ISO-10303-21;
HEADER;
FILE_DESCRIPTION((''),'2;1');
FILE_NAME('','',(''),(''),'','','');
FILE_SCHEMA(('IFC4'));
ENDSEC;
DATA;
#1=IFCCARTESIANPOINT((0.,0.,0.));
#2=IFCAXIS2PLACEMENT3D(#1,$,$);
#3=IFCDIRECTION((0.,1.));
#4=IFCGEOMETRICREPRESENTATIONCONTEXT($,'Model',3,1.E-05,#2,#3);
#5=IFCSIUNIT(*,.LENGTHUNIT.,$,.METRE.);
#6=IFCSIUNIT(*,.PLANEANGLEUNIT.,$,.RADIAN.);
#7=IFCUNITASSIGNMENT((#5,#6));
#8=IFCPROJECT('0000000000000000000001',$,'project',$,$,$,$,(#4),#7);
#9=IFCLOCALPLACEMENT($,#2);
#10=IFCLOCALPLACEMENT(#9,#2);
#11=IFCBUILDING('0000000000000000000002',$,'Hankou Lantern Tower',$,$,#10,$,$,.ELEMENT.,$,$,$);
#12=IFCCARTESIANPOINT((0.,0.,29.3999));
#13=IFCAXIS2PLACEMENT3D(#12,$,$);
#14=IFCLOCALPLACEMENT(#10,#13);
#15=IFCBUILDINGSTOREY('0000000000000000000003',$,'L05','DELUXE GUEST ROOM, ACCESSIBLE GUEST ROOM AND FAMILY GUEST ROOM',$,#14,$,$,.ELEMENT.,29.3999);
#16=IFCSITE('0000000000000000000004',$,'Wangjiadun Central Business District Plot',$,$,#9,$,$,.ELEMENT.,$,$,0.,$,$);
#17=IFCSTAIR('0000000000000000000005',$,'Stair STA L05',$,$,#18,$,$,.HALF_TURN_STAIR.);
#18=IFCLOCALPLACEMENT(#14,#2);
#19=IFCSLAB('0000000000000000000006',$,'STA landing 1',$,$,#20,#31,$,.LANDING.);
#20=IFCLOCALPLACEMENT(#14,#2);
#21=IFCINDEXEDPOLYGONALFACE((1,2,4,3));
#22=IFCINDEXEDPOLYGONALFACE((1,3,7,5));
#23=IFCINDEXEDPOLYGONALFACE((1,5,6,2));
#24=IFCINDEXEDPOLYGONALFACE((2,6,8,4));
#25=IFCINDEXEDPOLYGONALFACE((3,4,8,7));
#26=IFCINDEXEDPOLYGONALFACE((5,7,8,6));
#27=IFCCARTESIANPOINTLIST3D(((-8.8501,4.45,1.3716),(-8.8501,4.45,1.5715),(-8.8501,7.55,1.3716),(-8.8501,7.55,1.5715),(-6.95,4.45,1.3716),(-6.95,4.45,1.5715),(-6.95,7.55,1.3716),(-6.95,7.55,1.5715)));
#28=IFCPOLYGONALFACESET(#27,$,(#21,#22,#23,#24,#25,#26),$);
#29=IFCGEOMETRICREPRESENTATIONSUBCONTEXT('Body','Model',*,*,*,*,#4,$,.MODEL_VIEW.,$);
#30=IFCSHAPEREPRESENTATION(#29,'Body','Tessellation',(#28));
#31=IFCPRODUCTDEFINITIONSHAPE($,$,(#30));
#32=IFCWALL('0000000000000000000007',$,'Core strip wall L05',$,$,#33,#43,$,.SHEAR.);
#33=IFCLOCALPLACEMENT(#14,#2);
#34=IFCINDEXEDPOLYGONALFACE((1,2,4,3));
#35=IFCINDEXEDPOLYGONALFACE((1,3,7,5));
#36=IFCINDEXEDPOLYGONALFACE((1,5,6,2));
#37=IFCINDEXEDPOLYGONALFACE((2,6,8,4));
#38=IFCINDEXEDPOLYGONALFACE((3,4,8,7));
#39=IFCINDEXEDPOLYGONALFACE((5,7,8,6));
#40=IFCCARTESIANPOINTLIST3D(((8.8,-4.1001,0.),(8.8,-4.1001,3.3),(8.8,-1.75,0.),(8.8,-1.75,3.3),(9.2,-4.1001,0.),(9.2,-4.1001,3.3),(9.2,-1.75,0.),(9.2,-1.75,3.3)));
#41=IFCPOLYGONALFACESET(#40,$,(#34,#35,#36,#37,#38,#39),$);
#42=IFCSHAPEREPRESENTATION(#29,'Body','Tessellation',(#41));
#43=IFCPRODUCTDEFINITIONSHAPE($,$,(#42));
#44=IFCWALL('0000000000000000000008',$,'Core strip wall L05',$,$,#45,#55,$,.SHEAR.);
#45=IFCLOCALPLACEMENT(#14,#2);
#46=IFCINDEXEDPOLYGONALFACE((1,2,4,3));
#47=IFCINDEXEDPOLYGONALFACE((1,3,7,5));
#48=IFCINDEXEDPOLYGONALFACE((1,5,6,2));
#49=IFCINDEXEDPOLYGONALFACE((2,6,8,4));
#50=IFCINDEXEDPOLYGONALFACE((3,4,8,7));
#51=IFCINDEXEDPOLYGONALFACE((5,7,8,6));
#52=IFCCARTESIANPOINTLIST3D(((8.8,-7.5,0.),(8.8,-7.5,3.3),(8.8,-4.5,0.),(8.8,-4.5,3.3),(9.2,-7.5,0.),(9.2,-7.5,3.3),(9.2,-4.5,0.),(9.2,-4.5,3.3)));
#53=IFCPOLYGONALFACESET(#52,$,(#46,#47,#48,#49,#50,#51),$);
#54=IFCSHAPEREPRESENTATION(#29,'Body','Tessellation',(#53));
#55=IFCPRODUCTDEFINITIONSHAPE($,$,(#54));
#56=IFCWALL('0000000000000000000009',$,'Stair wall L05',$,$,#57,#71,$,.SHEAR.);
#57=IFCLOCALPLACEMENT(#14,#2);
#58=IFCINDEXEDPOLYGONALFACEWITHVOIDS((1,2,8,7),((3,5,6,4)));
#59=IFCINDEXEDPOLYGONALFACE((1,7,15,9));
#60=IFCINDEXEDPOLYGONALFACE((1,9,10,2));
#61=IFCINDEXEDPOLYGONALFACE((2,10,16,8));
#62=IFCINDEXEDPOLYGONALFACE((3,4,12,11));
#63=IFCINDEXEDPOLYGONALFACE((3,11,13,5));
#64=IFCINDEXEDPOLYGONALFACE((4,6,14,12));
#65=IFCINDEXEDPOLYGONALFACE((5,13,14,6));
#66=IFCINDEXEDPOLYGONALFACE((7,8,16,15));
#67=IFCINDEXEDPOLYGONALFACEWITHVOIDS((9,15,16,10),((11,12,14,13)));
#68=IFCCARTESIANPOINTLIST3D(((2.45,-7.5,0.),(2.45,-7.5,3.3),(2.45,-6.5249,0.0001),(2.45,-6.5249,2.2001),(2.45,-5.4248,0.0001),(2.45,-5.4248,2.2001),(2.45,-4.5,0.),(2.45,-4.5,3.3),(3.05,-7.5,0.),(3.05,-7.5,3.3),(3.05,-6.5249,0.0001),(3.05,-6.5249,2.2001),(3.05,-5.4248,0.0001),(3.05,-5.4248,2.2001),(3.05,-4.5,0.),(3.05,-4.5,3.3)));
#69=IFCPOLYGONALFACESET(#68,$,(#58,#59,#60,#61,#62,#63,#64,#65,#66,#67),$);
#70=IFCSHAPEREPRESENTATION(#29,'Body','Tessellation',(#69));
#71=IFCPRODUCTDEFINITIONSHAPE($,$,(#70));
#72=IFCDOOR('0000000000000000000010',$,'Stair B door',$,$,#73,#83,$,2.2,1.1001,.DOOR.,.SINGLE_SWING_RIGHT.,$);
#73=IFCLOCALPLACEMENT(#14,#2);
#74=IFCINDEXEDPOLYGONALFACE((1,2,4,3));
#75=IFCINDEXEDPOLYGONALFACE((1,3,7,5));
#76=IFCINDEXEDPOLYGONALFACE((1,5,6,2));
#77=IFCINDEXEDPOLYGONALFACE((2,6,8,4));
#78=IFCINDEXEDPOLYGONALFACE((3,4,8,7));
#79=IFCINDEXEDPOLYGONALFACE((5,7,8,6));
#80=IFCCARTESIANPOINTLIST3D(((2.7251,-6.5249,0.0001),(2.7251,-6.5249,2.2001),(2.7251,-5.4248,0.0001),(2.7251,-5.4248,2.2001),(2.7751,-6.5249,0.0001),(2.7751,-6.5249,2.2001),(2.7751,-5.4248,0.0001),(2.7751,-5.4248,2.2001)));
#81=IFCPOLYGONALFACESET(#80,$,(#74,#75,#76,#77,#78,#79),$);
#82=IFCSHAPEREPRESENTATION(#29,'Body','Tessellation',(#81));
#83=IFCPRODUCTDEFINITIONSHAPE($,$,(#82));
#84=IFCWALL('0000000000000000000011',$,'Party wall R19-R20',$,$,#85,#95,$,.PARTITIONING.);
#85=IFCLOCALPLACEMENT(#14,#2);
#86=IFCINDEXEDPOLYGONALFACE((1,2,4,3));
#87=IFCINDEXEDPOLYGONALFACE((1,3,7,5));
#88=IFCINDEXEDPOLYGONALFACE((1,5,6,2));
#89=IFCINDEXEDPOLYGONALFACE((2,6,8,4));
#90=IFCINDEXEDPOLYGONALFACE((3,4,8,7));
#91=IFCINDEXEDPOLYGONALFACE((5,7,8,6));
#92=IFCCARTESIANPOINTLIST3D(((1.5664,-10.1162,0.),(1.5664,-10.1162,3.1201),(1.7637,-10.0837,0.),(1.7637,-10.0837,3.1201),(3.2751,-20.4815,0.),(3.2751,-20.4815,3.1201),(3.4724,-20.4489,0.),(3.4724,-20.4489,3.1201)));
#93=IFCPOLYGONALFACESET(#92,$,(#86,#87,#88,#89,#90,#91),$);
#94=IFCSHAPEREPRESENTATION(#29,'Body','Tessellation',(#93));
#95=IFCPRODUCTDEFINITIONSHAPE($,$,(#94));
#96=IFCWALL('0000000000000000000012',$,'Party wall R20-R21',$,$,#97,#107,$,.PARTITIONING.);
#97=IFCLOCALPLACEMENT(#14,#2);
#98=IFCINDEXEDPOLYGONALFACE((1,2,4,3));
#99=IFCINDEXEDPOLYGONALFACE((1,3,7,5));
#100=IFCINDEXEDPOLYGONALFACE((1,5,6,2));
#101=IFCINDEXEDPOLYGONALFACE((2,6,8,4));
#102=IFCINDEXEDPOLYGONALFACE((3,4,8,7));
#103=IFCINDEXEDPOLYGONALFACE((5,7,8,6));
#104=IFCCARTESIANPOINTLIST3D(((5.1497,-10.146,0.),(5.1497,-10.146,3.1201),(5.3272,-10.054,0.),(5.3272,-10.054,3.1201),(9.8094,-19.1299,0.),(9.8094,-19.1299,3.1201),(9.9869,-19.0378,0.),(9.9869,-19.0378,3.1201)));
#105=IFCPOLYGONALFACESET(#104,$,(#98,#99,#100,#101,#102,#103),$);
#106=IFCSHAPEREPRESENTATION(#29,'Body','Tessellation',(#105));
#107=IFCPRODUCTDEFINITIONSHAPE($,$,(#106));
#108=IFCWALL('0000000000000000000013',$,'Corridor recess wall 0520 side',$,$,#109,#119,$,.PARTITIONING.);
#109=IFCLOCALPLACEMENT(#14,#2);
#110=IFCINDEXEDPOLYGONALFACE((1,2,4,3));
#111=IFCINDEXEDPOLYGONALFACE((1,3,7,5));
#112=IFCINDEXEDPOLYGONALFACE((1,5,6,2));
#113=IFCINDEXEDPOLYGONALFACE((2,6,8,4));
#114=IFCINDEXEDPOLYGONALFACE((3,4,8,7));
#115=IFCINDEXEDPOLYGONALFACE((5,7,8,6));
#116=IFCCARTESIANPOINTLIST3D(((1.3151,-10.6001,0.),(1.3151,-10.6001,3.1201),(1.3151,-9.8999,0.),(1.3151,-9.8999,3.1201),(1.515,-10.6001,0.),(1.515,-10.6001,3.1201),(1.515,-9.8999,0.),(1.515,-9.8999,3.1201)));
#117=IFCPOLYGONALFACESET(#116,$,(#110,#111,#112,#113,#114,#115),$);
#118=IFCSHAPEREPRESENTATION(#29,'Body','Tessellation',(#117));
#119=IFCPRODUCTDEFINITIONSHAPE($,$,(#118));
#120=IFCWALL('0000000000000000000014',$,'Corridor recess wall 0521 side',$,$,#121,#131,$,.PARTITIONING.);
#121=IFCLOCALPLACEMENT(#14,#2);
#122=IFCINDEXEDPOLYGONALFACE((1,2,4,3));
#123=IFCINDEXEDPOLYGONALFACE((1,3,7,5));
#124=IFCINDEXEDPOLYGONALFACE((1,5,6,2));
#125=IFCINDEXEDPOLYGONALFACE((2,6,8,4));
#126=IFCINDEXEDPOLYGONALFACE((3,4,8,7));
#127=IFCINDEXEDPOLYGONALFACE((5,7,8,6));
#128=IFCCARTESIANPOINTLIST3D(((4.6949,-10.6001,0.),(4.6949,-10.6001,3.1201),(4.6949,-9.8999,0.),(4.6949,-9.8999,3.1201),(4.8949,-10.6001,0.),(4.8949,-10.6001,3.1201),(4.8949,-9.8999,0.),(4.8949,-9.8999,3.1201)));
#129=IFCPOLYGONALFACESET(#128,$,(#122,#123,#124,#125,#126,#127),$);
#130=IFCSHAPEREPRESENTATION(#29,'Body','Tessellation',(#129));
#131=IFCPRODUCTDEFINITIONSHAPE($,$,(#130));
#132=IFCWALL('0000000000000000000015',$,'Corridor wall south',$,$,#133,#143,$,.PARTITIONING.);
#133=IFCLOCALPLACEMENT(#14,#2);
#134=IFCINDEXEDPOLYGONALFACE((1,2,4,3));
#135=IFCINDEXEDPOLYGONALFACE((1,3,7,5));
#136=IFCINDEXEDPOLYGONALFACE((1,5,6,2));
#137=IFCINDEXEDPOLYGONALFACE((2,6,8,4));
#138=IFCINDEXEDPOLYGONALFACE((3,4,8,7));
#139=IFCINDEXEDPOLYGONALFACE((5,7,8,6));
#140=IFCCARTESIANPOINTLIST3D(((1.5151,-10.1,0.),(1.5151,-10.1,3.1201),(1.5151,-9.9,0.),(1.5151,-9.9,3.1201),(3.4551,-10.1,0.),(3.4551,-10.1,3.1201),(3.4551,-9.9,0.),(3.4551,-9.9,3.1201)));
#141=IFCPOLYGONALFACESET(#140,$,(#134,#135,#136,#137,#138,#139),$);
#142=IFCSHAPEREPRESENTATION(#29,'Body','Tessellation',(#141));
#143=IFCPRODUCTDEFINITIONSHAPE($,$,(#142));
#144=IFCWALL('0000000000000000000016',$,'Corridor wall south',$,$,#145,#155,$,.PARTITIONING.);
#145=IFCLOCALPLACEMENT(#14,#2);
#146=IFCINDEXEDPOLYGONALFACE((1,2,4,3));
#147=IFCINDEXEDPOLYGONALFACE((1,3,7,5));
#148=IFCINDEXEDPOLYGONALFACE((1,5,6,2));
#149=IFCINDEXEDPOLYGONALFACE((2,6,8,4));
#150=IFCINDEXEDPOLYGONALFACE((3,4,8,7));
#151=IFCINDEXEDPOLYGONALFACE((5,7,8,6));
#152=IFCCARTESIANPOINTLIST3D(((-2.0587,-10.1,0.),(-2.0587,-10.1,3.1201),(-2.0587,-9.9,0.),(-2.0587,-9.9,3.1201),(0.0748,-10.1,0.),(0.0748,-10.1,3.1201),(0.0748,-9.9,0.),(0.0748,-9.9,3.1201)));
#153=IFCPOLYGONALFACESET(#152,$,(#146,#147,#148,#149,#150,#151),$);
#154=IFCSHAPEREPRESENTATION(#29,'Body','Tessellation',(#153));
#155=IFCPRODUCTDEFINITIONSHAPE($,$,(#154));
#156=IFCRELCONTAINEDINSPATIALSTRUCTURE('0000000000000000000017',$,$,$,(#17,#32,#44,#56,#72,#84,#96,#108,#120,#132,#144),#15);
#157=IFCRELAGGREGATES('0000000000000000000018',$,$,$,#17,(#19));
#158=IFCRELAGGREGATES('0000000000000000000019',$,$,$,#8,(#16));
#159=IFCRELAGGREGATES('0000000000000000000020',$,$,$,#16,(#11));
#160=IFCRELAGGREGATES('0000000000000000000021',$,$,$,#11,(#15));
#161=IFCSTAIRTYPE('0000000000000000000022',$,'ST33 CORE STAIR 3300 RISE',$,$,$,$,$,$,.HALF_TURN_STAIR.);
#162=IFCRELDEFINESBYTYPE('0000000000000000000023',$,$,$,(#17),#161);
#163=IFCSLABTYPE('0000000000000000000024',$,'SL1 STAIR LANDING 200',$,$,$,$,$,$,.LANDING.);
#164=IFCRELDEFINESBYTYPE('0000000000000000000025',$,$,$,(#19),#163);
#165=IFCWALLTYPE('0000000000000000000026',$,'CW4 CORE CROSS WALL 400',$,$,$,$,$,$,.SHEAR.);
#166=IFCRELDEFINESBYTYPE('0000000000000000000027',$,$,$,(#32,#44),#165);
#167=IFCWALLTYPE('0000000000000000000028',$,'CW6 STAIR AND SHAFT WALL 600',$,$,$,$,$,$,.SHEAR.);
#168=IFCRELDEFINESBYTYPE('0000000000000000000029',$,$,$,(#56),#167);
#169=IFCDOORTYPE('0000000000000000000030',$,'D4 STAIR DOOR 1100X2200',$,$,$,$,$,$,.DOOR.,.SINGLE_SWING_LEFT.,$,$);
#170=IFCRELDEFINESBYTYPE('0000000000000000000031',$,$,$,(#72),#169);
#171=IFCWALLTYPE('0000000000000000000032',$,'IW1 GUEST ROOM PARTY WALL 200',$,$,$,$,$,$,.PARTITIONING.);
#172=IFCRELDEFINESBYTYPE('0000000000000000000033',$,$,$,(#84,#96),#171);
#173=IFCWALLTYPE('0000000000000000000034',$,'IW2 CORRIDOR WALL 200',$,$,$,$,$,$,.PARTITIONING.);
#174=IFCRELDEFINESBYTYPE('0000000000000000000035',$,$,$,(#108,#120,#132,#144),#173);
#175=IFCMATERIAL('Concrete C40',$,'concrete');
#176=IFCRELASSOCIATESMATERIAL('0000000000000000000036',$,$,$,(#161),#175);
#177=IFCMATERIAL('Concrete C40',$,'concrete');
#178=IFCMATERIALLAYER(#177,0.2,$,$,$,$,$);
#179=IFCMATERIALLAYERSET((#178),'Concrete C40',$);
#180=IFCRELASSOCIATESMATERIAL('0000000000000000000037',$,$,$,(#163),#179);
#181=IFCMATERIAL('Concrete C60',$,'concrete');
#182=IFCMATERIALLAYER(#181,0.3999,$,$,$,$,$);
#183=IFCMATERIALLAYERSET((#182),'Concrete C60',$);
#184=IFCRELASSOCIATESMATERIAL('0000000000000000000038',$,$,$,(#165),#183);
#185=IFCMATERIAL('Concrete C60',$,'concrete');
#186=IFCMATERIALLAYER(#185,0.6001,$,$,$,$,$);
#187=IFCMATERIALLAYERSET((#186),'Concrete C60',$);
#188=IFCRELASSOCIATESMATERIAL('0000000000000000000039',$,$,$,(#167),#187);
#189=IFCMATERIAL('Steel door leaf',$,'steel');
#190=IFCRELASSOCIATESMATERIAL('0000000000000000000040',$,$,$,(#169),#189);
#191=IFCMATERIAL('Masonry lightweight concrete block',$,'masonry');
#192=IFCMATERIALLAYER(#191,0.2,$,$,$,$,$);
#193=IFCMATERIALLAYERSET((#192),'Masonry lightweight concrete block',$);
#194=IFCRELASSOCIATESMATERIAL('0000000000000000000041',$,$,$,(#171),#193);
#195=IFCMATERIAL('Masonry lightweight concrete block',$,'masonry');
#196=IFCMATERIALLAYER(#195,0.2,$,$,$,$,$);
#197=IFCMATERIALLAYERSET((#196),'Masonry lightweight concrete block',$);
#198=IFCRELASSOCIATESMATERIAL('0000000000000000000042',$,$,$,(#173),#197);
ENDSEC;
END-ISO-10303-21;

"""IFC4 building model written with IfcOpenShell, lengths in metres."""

from ifc_helpers import new_model, si_unit, direction, frame, frame_2d, origin, place, context, subcontext, project, spatial, polyline, rectangle, outline, extrude, material, layer, layer_set, type_object, element, fill, aggregate, save


model = new_model("IFC4")

# Units and contexts
model_context = context("Model", 3, precision=1e-05, world=origin(), true_north=direction((0.0, 1.0)))
body_context = subcontext(model_context, "Body", "Model", "MODEL_VIEW")
ifc_project = project(units=[si_unit("LENGTHUNIT", "METRE"), si_unit("PLANEANGLEUNIT", "RADIAN")], contexts=[model_context])

# Site, building, storey
site_placement = place(None, origin())
site = spatial("IfcSite", under=ifc_project, at=site_placement, Name="Wangjiadun Central Business District Plot", CompositionType="ELEMENT", RefElevation=0.0)
building_placement = place(site_placement, origin())
building = spatial("IfcBuilding", under=site, at=building_placement, Name="Hankou Lantern Tower", CompositionType="ELEMENT")
storey_placement = place(building_placement, frame((0.0, 0.0, 29.3999)))
storey = spatial("IfcBuildingStorey", under=building, at=storey_placement, Name="L05", Description="DELUXE GUEST ROOM, ACCESSIBLE GUEST ROOM AND FAMILY GUEST ROOM", CompositionType="ELEMENT", Elevation=29.3999)

# Stair, slab
ifc_material_1 = material(Name="Concrete C40", Category="concrete")
stair_type = type_object("IfcStairType", Name="ST33 CORE STAIR 3300 RISE", PredefinedType="HALF_TURN_STAIR", material=ifc_material_1)
stair_1_placement = place(storey_placement, origin())
stair_1 = element("IfcStair", 1, at=stair_1_placement, inside=storey, type_object=stair_type, Name="Stair STA L05", PredefinedType="HALF_TURN_STAIR")
ifc_material_2 = material(Name="Concrete C40", Category="concrete")
ifc_layer_1 = layer(ifc_material_2, 0.2)
ifc_layer_set_1 = layer_set([ifc_layer_1], Name="Concrete C40")
slab_type_1 = type_object("IfcSlabType", Name="SL1 STAIR LANDING 200", PredefinedType="LANDING", material=ifc_layer_set_1)
slab_1_placement = place(storey_placement, frame((0.0, 0.0, 1.3716)))
slab_1 = element("IfcSlab", 2, at=slab_1_placement, type_object=slab_type_1, Name="STA landing 1", PredefinedType="LANDING", context=body_context, shape_type="SweptSolid", body=[
    extrude(outline(polyline([(-8.8501, 4.45), (-6.95, 4.45), (-6.95, 7.55), (-8.8501, 7.55), (-8.8501, 4.45)])), origin(), (0.0, 0.0, 1.0), 0.2),
])
aggregate(stair_1, [slab_1])

# Walls
ifc_material_3 = material(Name="Concrete C60", Category="concrete")
ifc_layer_2 = layer(ifc_material_3, 0.3999)
ifc_layer_set_2 = layer_set([ifc_layer_2], Name="Concrete C60")
wall_type_1 = type_object("IfcWallType", Name="CW4 CORE CROSS WALL 400", PredefinedType="SHEAR", material=ifc_layer_set_2)
wall_1_placement = place(storey_placement, frame((9.0, -4.1001, 0.0), z_axis=(0.0, 0.0, 1.0), x_axis=(0.0, 1.0, 0.0)))
element("IfcWall", 3, at=wall_1_placement, inside=storey, type_object=wall_type_1, Name="Core strip wall L05", PredefinedType="SHEAR", context=body_context, shape_type="SweptSolid", body=[
    extrude(rectangle(XDim=2.3501, YDim=0.3999, at=frame_2d((1.175, 0.0))), origin(), (0.0, 0.0, 1.0), 3.3),
])
wall_2_placement = place(storey_placement, frame((9.0, -7.5, 0.0), z_axis=(0.0, 0.0, 1.0), x_axis=(0.0, 1.0, 0.0)))
element("IfcWall", 4, at=wall_2_placement, inside=storey, type_object=wall_type_1, Name="Core strip wall L05", PredefinedType="SHEAR", context=body_context, shape_type="SweptSolid", body=[
    extrude(rectangle(XDim=3.0, YDim=0.3999, at=frame_2d((1.5, 0.0))), origin(), (0.0, 0.0, 1.0), 3.3),
])

# Wall, opening, door
ifc_material_4 = material(Name="Concrete C60", Category="concrete")
ifc_layer_3 = layer(ifc_material_4, 0.6001)
ifc_layer_set_3 = layer_set([ifc_layer_3], Name="Concrete C60")
wall_type_2 = type_object("IfcWallType", Name="CW6 STAIR AND SHAFT WALL 600", PredefinedType="SHEAR", material=ifc_layer_set_3)
wall_3_placement = place(storey_placement, frame((2.75, -7.5, 0.0), z_axis=(0.0, 0.0, 1.0), x_axis=(0.0, 1.0, 0.0)))
wall_3 = element("IfcWall", 5, at=wall_3_placement, inside=storey, type_object=wall_type_2, Name="Stair wall L05", PredefinedType="SHEAR", context=body_context, shape_type="SweptSolid", body=[
    extrude(rectangle(XDim=3.0, YDim=0.6001, at=frame_2d((1.5, 0.0))), origin(), (0.0, 0.0, 1.0), 3.3),
])
opening_1_placement = place(wall_3_placement, frame((0.9751, 0.0, 0.0)))
opening_1 = element("IfcOpeningElement", 6, at=opening_1_placement, cuts=wall_3, PredefinedType="OPENING", context=body_context, shape_type="SweptSolid", body=[
    extrude(rectangle(XDim=1.1001, YDim=2.2, at=frame_2d((0.55, 1.1001))), frame((0.0, 0.3101, 0.0), z_axis=(0.0, -1.0, 0.0), x_axis=(1.0, 0.0, 0.0)), (0.0, 0.0, 1.0), 0.6201),
])
ifc_material_5 = material(Name="Steel door leaf", Category="steel")
door_type_1 = type_object("IfcDoorType", Name="D4 STAIR DOOR 1100X2200", OperationType="SINGLE_SWING_LEFT", PredefinedType="DOOR", material=ifc_material_5)
door_1_placement = place(opening_1_placement, origin())
door_1 = element("IfcDoor", 7, at=door_1_placement, inside=storey, type_object=door_type_1, Name="Stair B door", OperationType="SINGLE_SWING_RIGHT", OverallHeight=2.2, OverallWidth=1.1001, PredefinedType="DOOR", context=body_context, shape_type="SweptSolid", body=[
    extrude(rectangle(XDim=1.1001, YDim=2.2, at=frame_2d((0.55, 1.1001))), frame((0.0, 0.0249, 0.0), z_axis=(0.0, -1.0, 0.0), x_axis=(1.0, 0.0, 0.0)), (0.0, 0.0, 1.0), 0.05),
])
fill(opening_1, door_1)

# Walls
ifc_material_6 = material(Name="Masonry lightweight concrete block", Category="masonry")
ifc_layer_4 = layer(ifc_material_6, 0.2)
ifc_layer_set_4 = layer_set([ifc_layer_4], Name="Masonry lightweight concrete block")
wall_type_3 = type_object("IfcWallType", Name="IW1 GUEST ROOM PARTY WALL 200", PredefinedType="PARTITIONING", material=ifc_layer_set_4)
wall_4_placement = place(storey_placement, frame((1.665, -10.1001, 0.0), z_axis=(0.0, 0.0, 1.0), x_axis=(0.162658, -0.986683, 0.0)))
element("IfcWall", 8, at=wall_4_placement, inside=storey, type_object=wall_type_3, Name="Party wall R19-R20", PredefinedType="PARTITIONING", context=body_context, shape_type="SweptSolid", body=[
    extrude(rectangle(XDim=10.5051, YDim=0.2, at=frame_2d((5.2524, 0.0))), origin(), (0.0, 0.0, 1.0), 3.1201),
])
wall_5_placement = place(storey_placement, frame((5.2385, -10.1001, 0.0), z_axis=(0.0, 0.0, 1.0), x_axis=(0.460423, -0.8877, 0.0)))
element("IfcWall", 9, at=wall_5_placement, inside=storey, type_object=wall_type_3, Name="Party wall R20-R21", PredefinedType="PARTITIONING", context=body_context, shape_type="SweptSolid", body=[
    extrude(rectangle(XDim=10.1204, YDim=0.2, at=frame_2d((5.0601, 0.0))), origin(), (0.0, 0.0, 1.0), 3.1201),
])
ifc_material_7 = material(Name="Masonry lightweight concrete block", Category="masonry")
ifc_layer_5 = layer(ifc_material_7, 0.2)
ifc_layer_set_5 = layer_set([ifc_layer_5], Name="Masonry lightweight concrete block")
wall_type_4 = type_object("IfcWallType", Name="IW2 CORRIDOR WALL 200", PredefinedType="PARTITIONING", material=ifc_layer_set_5)
for number, where, z_axis, x_axis, name in (
    (10, (1.415, -9.8999, 0.0), (0.0, 0.0, 1.0), (0.0, -1.0, 0.0), "Corridor recess wall 0520 side"),
    (11, (4.7949, -9.8999, 0.0), (0.0, 0.0, 1.0), (0.0, -1.0, 0.0), "Corridor recess wall 0521 side"),
):
    element("IfcWall", number, at=place(storey_placement, frame(where, z_axis=z_axis, x_axis=x_axis)), inside=storey, type_object=wall_type_4, Name=name, PredefinedType="PARTITIONING", context=body_context, shape_type="SweptSolid", body=[
        extrude(rectangle(XDim=0.7002, YDim=0.2, at=frame_2d((0.3501, 0.0))), origin(), (0.0, 0.0, 1.0), 3.1201),
    ])
wall_6_placement = place(storey_placement, frame((3.4551, -10.0, 0.0), z_axis=(0.0, 0.0, 1.0), x_axis=(-1.0, 0.0, 0.0)))
element("IfcWall", 12, at=wall_6_placement, inside=storey, type_object=wall_type_4, Name="Corridor wall south", PredefinedType="PARTITIONING", context=body_context, shape_type="SweptSolid", body=[
    extrude(rectangle(XDim=1.9399, YDim=0.2, at=frame_2d((0.97, 0.0))), origin(), (0.0, 0.0, 1.0), 3.1201),
])
wall_7_placement = place(storey_placement, frame((0.075, -10.0, 0.0), z_axis=(0.0, 0.0, 1.0), x_axis=(-1.0, 0.0, 0.0)))
element("IfcWall", 13, at=wall_7_placement, inside=storey, type_object=wall_type_4, Name="Corridor wall south", PredefinedType="PARTITIONING", context=body_context, shape_type="SweptSolid", body=[
    extrude(rectangle(XDim=2.1335, YDim=0.2, at=frame_2d((1.0669, 0.0))), origin(), (0.0, 0.0, 1.0), 3.1201),
])

save(model, "model.ifc")
